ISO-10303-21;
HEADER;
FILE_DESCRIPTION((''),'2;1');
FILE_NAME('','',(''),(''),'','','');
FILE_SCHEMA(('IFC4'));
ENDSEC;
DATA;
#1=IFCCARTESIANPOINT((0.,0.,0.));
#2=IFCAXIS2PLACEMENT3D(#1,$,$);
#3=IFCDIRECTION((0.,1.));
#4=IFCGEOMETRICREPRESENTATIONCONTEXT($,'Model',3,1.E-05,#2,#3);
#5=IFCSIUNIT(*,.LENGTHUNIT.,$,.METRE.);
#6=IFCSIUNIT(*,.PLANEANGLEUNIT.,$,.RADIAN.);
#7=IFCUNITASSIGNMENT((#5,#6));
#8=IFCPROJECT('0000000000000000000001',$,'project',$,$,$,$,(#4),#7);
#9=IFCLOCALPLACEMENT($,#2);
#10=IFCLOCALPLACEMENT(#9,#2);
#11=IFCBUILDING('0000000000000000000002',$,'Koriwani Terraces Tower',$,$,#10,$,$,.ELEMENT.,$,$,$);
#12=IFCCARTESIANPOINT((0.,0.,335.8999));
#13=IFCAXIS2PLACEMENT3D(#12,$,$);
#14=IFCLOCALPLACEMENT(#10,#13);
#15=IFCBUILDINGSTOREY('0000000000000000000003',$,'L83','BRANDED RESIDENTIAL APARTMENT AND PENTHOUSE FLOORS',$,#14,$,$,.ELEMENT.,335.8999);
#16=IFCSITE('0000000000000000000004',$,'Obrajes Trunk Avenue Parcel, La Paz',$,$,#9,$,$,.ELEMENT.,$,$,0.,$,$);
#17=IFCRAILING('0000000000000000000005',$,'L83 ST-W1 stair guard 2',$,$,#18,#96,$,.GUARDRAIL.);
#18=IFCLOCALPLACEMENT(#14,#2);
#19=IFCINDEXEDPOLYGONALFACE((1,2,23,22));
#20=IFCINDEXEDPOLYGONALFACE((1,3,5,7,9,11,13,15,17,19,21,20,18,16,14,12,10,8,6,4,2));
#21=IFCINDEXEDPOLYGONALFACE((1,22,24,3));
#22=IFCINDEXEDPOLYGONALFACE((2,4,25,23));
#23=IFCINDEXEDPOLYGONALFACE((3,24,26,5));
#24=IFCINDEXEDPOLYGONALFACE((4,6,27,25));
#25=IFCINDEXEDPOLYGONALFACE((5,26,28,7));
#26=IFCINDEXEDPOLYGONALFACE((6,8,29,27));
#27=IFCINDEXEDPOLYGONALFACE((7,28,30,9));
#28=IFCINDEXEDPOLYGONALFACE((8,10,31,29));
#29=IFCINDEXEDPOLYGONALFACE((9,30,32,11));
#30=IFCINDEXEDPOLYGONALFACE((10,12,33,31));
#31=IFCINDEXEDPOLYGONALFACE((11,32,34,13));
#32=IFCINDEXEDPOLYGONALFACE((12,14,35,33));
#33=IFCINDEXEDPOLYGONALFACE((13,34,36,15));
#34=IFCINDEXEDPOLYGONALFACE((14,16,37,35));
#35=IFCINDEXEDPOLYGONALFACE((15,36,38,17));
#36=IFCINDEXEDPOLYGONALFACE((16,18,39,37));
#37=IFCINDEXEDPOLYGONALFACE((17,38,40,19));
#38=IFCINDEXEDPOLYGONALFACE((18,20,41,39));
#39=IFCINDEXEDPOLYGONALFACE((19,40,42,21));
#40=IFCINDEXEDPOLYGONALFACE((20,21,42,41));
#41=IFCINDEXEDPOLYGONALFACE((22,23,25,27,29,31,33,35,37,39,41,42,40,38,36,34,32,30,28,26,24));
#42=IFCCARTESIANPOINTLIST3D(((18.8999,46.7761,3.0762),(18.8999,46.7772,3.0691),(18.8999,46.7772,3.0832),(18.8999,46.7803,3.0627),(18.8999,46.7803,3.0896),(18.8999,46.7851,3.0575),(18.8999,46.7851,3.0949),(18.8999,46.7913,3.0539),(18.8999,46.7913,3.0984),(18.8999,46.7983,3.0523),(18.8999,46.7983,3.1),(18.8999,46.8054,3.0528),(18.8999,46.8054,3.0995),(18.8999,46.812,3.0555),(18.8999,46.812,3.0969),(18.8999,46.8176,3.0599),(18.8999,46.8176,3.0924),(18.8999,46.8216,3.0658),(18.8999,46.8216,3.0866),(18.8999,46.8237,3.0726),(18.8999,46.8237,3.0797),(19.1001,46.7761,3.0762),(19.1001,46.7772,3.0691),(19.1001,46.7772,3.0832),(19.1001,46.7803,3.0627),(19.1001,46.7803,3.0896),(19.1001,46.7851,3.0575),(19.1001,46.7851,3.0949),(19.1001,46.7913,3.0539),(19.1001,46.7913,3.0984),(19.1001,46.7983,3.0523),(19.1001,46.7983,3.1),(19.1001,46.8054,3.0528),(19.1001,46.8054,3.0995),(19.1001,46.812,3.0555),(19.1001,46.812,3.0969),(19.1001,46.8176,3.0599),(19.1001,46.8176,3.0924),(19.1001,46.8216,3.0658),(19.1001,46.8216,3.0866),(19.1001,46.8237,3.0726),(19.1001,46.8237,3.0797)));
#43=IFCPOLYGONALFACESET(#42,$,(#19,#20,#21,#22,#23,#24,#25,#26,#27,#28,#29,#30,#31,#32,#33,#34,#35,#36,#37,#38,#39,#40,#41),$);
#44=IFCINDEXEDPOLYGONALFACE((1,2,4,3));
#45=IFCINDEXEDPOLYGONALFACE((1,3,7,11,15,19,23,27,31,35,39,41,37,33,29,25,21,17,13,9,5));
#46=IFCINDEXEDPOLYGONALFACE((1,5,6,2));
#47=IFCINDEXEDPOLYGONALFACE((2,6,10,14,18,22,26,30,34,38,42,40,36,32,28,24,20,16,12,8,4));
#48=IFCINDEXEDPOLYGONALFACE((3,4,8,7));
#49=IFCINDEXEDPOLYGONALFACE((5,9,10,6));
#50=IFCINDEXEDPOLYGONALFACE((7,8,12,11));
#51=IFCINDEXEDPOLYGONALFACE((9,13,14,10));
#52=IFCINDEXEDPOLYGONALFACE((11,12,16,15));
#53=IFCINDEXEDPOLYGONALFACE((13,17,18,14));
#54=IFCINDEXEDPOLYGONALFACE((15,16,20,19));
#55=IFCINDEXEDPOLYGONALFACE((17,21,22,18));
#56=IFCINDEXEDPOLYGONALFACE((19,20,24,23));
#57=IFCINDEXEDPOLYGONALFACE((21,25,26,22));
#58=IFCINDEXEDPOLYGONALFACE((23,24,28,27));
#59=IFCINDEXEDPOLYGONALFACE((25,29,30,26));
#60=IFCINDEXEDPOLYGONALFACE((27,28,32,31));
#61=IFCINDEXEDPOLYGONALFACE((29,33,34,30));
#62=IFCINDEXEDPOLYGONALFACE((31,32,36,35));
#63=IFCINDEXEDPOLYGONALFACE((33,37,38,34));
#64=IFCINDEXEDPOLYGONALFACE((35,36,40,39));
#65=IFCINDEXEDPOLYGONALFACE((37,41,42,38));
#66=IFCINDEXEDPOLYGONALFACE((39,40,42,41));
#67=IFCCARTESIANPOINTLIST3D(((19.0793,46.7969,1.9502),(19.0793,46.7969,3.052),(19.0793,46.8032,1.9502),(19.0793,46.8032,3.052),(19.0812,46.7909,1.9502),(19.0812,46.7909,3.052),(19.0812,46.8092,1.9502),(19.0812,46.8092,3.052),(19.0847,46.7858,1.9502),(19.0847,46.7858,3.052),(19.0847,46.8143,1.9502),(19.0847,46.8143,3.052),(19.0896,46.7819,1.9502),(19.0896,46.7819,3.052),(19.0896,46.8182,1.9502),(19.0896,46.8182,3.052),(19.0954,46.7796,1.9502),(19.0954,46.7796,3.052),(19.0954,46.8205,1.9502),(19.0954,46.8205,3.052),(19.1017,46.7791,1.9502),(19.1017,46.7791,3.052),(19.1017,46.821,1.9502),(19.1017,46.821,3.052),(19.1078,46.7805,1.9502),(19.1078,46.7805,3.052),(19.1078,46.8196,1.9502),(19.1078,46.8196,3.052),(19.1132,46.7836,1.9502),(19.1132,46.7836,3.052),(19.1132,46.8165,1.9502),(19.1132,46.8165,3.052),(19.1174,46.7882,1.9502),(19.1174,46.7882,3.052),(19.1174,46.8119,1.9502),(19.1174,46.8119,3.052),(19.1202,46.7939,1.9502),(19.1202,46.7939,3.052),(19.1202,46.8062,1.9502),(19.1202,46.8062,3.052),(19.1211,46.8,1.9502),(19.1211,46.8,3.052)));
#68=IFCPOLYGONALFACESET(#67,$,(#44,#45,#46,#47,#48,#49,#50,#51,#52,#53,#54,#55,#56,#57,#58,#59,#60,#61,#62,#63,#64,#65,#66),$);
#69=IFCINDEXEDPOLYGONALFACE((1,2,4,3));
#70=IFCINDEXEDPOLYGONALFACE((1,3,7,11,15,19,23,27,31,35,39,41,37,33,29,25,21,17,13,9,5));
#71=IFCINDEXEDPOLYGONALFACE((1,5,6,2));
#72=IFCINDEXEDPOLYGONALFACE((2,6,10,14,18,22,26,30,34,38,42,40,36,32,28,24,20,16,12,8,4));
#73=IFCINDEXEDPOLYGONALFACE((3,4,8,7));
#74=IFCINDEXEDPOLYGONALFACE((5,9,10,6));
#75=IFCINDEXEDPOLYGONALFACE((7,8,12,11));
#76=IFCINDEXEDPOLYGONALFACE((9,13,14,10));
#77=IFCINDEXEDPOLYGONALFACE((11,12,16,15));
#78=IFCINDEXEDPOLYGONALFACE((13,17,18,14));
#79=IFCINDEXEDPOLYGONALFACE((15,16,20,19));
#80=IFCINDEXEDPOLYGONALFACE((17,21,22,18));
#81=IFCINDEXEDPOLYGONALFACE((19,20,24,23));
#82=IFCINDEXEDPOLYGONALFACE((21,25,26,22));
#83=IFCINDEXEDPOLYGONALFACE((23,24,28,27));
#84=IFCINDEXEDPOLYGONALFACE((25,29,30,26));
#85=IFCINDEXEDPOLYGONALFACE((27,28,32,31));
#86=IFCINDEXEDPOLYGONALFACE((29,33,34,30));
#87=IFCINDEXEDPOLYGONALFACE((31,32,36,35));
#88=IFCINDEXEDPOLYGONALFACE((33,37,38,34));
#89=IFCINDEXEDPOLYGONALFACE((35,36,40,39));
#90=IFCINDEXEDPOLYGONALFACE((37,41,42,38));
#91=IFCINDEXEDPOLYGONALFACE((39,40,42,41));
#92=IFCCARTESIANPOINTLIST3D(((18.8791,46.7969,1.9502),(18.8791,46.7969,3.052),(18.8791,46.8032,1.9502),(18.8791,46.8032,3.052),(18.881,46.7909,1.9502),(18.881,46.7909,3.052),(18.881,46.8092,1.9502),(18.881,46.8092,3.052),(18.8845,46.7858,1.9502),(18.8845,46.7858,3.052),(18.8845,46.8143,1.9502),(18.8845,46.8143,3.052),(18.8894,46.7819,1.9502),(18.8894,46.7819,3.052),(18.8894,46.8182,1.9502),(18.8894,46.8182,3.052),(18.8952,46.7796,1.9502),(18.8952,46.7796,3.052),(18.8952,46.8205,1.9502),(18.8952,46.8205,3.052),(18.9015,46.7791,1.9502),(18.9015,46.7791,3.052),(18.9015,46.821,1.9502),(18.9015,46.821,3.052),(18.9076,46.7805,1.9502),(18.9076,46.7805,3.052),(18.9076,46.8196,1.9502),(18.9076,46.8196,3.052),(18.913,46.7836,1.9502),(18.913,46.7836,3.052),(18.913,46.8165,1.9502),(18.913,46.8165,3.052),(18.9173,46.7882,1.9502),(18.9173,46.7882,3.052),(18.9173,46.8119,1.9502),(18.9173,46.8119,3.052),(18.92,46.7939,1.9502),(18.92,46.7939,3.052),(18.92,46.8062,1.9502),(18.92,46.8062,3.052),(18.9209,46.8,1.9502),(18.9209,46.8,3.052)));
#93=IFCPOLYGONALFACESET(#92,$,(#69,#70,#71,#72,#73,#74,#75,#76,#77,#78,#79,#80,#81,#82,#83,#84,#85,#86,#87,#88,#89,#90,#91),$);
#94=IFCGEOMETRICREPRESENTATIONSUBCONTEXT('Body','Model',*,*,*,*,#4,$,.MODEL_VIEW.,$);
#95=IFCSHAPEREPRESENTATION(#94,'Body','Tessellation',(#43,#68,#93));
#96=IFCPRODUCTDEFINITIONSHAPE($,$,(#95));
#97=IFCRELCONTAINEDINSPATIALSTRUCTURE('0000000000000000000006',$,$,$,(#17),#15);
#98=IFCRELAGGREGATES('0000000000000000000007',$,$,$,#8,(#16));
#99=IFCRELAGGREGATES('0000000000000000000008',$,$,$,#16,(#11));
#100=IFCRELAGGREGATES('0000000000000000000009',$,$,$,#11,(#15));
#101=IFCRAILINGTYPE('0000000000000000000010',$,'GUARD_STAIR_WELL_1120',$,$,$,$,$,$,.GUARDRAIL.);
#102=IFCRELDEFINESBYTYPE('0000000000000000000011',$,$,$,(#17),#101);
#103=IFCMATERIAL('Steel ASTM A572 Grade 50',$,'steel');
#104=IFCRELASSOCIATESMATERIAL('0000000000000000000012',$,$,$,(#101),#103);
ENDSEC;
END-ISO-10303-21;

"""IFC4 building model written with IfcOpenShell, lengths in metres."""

from ifc_helpers import new_model, si_unit, direction, frame, origin, origin_2d, place, context, subcontext, project, spatial, circle, extrude, material, type_object, element, save


model = new_model("IFC4")

# Units and contexts
model_context = context("Model", 3, precision=1e-05, world=origin(), true_north=direction((0.0, 1.0)))
body_context = subcontext(model_context, "Body", "Model", "MODEL_VIEW")
ifc_project = project(units=[si_unit("LENGTHUNIT", "METRE"), si_unit("PLANEANGLEUNIT", "RADIAN")], contexts=[model_context])

# Site, building, storey
site_placement = place(None, origin())
site = spatial("IfcSite", under=ifc_project, at=site_placement, Name="Obrajes Trunk Avenue Parcel, La Paz", CompositionType="ELEMENT", RefElevation=0.0)
building_placement = place(site_placement, origin())
building = spatial("IfcBuilding", under=site, at=building_placement, Name="Koriwani Terraces Tower", CompositionType="ELEMENT")
storey_placement = place(building_placement, frame((0.0, 0.0, 335.8999)))
storey = spatial("IfcBuildingStorey", under=building, at=storey_placement, Name="L83", Description="BRANDED RESIDENTIAL APARTMENT AND PENTHOUSE FLOORS", CompositionType="ELEMENT", Elevation=335.8999)

# Shared definitions
ifc_material_1 = material(Name="Steel ASTM A572 Grade 50", Category="steel")

# Railing
railing_type_1 = type_object("IfcRailingType", Name="GUARD_STAIR_WELL_1120", PredefinedType="GUARDRAIL", material=ifc_material_1)
railing_1_placement = place(storey_placement, frame((19.1001, 46.8, 1.9502)))
element("IfcRailing", 1, at=railing_1_placement, inside=storey, type_object=railing_type_1, Name="L83 ST-W1 stair guard 2", PredefinedType="GUARDRAIL", context=body_context, shape_type="SweptSolid", body=[
    extrude(circle(Radius=0.0239, at=origin_2d()), frame((0.0, 0.0, 1.126), z_axis=(-1.0, 0.0, 0.0), x_axis=(0.0, -1.0, 0.0)), (0.0, 0.0, 1.0), 0.2002),
    extrude(circle(Radius=0.021, at=origin_2d()), origin(), (0.0, 0.0, 1.0), 1.1018),
    extrude(circle(Radius=0.021, at=origin_2d()), frame((-0.2002, 0.0, 0.0)), (0.0, 0.0, 1.0), 1.1018),
])

save(model, "model.ifc")
